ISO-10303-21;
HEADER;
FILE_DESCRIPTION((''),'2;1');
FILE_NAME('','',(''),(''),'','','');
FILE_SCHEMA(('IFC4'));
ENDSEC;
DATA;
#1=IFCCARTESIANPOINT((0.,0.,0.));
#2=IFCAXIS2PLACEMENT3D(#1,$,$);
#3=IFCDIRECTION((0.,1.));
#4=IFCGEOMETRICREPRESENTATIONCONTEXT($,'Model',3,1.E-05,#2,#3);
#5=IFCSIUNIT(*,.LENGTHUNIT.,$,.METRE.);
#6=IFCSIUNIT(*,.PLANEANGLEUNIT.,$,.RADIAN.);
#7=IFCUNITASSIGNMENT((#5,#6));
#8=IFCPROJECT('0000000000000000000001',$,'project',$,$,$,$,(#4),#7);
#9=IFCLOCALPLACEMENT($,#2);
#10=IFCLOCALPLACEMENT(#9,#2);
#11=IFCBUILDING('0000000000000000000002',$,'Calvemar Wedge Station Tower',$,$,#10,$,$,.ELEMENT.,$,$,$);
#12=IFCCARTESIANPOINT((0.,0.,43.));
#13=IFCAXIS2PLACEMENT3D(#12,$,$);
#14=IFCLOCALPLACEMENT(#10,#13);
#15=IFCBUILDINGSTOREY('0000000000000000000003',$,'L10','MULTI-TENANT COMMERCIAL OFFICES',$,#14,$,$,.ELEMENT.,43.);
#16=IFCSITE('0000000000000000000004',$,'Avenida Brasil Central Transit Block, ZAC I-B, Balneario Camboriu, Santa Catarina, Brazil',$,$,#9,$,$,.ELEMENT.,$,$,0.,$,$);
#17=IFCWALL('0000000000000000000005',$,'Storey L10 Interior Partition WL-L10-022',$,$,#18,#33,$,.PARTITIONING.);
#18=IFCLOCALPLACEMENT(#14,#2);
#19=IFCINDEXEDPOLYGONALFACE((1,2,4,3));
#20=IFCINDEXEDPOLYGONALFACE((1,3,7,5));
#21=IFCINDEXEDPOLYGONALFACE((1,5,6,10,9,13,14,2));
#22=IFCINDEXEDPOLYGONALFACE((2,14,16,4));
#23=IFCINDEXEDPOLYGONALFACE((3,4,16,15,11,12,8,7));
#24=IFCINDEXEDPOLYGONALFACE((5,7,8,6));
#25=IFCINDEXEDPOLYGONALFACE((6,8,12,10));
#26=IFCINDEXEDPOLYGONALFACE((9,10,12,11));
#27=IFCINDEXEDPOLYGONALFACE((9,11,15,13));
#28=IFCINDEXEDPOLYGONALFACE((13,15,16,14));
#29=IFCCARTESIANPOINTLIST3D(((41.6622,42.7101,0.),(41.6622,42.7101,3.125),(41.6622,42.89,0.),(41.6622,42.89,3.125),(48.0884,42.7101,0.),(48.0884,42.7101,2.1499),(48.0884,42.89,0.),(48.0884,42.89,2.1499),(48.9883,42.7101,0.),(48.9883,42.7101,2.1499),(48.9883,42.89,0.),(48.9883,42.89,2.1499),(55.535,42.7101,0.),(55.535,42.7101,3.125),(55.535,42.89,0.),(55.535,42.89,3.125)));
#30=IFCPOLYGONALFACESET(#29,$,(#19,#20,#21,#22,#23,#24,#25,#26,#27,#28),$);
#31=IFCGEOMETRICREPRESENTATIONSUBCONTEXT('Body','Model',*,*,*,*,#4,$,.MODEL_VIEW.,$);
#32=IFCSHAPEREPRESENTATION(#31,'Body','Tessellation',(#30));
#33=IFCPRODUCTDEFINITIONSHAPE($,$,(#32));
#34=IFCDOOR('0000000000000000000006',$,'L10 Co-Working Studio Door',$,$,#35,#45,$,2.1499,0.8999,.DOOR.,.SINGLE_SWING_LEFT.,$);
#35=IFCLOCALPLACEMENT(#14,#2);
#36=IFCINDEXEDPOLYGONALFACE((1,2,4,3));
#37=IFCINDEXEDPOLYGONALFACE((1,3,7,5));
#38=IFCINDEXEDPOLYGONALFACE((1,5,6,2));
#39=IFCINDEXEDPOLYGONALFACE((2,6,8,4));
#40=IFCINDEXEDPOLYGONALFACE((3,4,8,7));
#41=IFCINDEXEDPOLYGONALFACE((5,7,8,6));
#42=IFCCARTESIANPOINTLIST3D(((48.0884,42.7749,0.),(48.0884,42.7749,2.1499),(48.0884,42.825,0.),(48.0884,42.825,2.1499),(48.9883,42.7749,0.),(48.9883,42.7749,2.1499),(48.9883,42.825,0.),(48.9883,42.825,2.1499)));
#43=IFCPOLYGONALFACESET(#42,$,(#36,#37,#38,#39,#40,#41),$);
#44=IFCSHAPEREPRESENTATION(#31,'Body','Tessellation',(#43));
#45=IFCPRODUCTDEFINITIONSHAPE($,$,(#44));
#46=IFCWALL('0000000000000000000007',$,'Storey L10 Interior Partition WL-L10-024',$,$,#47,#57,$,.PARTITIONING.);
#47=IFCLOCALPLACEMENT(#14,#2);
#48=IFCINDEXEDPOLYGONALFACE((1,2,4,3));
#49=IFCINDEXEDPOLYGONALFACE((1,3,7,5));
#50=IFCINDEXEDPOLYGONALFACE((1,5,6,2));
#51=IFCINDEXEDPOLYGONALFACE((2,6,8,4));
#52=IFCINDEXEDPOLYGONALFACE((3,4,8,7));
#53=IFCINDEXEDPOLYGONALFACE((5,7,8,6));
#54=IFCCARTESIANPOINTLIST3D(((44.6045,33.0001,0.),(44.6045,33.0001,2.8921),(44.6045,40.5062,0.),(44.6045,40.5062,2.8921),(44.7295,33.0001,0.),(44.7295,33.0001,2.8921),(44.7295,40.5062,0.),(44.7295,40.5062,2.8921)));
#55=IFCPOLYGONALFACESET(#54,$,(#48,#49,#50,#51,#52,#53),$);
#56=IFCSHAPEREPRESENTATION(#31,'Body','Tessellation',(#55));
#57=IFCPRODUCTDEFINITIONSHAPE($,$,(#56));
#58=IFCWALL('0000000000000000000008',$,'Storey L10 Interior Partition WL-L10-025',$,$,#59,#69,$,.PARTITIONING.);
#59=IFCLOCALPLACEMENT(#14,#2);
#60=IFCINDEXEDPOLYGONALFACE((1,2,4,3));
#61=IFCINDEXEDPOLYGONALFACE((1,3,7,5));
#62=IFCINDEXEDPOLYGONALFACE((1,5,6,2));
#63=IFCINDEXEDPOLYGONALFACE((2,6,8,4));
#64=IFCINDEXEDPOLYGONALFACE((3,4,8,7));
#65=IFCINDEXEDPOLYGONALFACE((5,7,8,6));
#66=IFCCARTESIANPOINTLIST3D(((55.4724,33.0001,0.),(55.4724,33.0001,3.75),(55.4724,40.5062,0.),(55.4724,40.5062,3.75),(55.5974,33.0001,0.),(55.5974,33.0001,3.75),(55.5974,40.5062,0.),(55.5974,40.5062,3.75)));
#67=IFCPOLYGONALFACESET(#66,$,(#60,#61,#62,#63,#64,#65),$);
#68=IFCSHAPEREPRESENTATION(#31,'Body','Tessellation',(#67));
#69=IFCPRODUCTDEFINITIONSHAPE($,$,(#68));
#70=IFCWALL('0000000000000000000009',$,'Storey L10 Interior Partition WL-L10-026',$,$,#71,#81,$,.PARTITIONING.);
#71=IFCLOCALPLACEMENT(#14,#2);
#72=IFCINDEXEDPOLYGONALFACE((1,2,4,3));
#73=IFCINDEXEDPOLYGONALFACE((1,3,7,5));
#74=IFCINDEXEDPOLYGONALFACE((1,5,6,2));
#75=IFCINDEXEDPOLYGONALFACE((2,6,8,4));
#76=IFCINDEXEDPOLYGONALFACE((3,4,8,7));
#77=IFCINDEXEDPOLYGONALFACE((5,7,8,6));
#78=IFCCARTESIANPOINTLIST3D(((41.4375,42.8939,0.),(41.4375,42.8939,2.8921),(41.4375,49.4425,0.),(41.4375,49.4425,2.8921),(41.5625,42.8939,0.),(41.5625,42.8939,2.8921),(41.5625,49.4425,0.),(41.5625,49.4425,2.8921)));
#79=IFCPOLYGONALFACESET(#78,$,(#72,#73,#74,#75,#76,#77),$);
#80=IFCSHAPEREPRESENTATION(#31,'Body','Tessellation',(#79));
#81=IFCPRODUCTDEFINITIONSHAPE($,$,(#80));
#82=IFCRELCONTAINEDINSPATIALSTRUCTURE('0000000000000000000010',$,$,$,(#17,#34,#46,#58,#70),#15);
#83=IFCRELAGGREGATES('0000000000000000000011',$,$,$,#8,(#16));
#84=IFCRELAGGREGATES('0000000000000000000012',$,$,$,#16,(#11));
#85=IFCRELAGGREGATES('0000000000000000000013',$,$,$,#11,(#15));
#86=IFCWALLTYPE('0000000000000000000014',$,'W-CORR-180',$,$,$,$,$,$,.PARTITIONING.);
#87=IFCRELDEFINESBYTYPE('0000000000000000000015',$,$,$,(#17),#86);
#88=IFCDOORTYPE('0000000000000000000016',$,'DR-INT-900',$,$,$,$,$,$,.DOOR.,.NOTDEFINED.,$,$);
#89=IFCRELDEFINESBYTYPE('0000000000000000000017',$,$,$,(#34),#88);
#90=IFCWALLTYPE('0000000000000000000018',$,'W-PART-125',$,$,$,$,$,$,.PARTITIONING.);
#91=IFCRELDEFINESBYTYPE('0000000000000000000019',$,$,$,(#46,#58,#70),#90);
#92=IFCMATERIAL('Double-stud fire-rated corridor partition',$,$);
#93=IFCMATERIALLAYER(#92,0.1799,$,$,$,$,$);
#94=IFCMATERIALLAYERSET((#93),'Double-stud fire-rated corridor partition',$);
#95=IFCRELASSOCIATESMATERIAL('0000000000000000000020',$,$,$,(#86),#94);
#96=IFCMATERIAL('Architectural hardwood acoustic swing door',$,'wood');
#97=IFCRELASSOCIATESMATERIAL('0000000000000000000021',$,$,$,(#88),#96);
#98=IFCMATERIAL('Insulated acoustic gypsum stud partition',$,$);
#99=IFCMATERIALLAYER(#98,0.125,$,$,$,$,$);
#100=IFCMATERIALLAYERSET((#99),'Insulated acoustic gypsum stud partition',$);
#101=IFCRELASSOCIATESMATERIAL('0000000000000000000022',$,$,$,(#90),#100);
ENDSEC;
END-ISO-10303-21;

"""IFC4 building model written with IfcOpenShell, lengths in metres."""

from ifc_helpers import new_model, si_unit, direction, frame, frame_2d, origin, place, context, subcontext, project, spatial, rectangle, extrude, source, transform, mapped, material, layer, layer_set, type_object, element, fill, save


model = new_model("IFC4")

# Units and contexts
model_context = context("Model", 3, precision=1e-05, world=origin(), true_north=direction((0.0, 1.0)))
body_context = subcontext(model_context, "Body", "Model", "MODEL_VIEW")
ifc_project = project(units=[si_unit("LENGTHUNIT", "METRE"), si_unit("PLANEANGLEUNIT", "RADIAN")], contexts=[model_context])

# Site, building, storey
site_placement = place(None, origin())
site = spatial("IfcSite", under=ifc_project, at=site_placement, Name="Avenida Brasil Central Transit Block, ZAC I-B, Balneario Camboriu, Santa Catarina, Brazil", CompositionType="ELEMENT", RefElevation=0.0)
building_placement = place(site_placement, origin())
building = spatial("IfcBuilding", under=site, at=building_placement, Name="Calvemar Wedge Station Tower", CompositionType="ELEMENT")
storey_placement = place(building_placement, frame((0.0, 0.0, 43.0)))
storey = spatial("IfcBuildingStorey", under=building, at=storey_placement, Name="L10", Description="MULTI-TENANT COMMERCIAL OFFICES", CompositionType="ELEMENT", Elevation=43.0)

# Wall, opening, door
ifc_material_1 = material(Name="Double-stud fire-rated corridor partition")
ifc_layer_1 = layer(ifc_material_1, 0.1799)
ifc_layer_set_1 = layer_set([ifc_layer_1], Name="Double-stud fire-rated corridor partition")
wall_type_1 = type_object("IfcWallType", Name="W-CORR-180", PredefinedType="PARTITIONING", material=ifc_layer_set_1)
shared_shape_1 = source(origin(), body_context, "Body", "SweptSolid", [
    extrude(rectangle(XDim=0.8999, YDim=2.1499, at=frame_2d((0.45, 1.075))), frame((0.0, 0.1001, 0.0), z_axis=(0.0, -1.0, 0.0), x_axis=(1.0, 0.0, 0.0)), (0.0, 0.0, 1.0), 0.2),
])
ifc_material_2 = material(Name="Architectural hardwood acoustic swing door", Category="wood")
door_type = type_object("IfcDoorType", Name="DR-INT-900", OperationType="NOTDEFINED", PredefinedType="DOOR", material=ifc_material_2)
shared_shape_2 = source(origin(), body_context, "Body", "SweptSolid", [
    extrude(rectangle(XDim=0.8999, YDim=2.1499, at=frame_2d((0.45, 1.075))), frame((0.0, 0.0249, 0.0), z_axis=(0.0, -1.0, 0.0), x_axis=(1.0, 0.0, 0.0)), (0.0, 0.0, 1.0), 0.05),
])
wall_1_placement = place(storey_placement, frame((41.6621, 42.8, 0.0), z_axis=(0.0, 0.0, 1.0), x_axis=(1.0, 0.0, 0.0)))
wall_1 = element("IfcWall", 1, at=wall_1_placement, inside=storey, type_object=wall_type_1, Name="Storey L10 Interior Partition WL-L10-022", PredefinedType="PARTITIONING", context=body_context, shape_type="SweptSolid", body=[
    extrude(rectangle(XDim=13.8728, YDim=0.1799, at=frame_2d((6.9365, 0.0))), origin(), (0.0, 0.0, 1.0), 3.125),
])
opening_1_placement = place(wall_1_placement, frame((6.4263, 0.0, 0.0)))
opening_1 = element("IfcOpeningElement", 2, at=opening_1_placement, cuts=wall_1, PredefinedType="OPENING", context=body_context, shape_type="MappedRepresentation", body=[
    mapped(shared_shape_1, transform((0.0, 0.0, 0.0), scale=1.0)),
])
door_1_placement = place(opening_1_placement, origin())
door_1 = element("IfcDoor", 3, at=door_1_placement, inside=storey, type_object=door_type, Name="L10 Co-Working Studio Door", OperationType="SINGLE_SWING_LEFT", OverallHeight=2.1499, OverallWidth=0.8999, PredefinedType="DOOR", context=body_context, shape_type="MappedRepresentation", body=[
    mapped(shared_shape_2, transform((0.0, 0.0, 0.0), scale=1.0)),
])
fill(opening_1, door_1)

# Walls
ifc_material_3 = material(Name="Insulated acoustic gypsum stud partition")
ifc_layer_2 = layer(ifc_material_3, 0.125)
ifc_layer_set_2 = layer_set([ifc_layer_2], Name="Insulated acoustic gypsum stud partition")
wall_type_2 = type_object("IfcWallType", Name="W-PART-125", PredefinedType="PARTITIONING", material=ifc_layer_set_2)
wall_2_placement = place(storey_placement, frame((44.667, 40.5061, 0.0), z_axis=(0.0, 0.0, 1.0), x_axis=(0.0, -1.0, 0.0)))
element("IfcWall", 4, at=wall_2_placement, inside=storey, type_object=wall_type_2, Name="Storey L10 Interior Partition WL-L10-024", PredefinedType="PARTITIONING", context=body_context, shape_type="SweptSolid", body=[
    extrude(rectangle(XDim=7.5061, YDim=0.125, at=frame_2d((3.7529, 0.0))), origin(), (0.0, 0.0, 1.0), 2.8921),
])
wall_3_placement = place(storey_placement, frame((55.5349, 40.5061, 0.0), z_axis=(0.0, 0.0, 1.0), x_axis=(0.0, -1.0, 0.0)))
element("IfcWall", 5, at=wall_3_placement, inside=storey, type_object=wall_type_2, Name="Storey L10 Interior Partition WL-L10-025", PredefinedType="PARTITIONING", context=body_context, shape_type="SweptSolid", body=[
    extrude(rectangle(XDim=7.5061, YDim=0.125, at=frame_2d((3.7529, 0.0))), origin(), (0.0, 0.0, 1.0), 3.75),
])
wall_4_placement = place(storey_placement, frame((41.5, 49.4426, 0.0), z_axis=(0.0, 0.0, 1.0), x_axis=(0.0, -1.0, 0.0)))
element("IfcWall", 6, at=wall_4_placement, inside=storey, type_object=wall_type_2, Name="Storey L10 Interior Partition WL-L10-026", PredefinedType="PARTITIONING", context=body_context, shape_type="SweptSolid", body=[
    extrude(rectangle(XDim=6.5486, YDim=0.125, at=frame_2d((3.2744, 0.0))), origin(), (0.0, 0.0, 1.0), 2.8921),
])

save(model, "model.ifc")
